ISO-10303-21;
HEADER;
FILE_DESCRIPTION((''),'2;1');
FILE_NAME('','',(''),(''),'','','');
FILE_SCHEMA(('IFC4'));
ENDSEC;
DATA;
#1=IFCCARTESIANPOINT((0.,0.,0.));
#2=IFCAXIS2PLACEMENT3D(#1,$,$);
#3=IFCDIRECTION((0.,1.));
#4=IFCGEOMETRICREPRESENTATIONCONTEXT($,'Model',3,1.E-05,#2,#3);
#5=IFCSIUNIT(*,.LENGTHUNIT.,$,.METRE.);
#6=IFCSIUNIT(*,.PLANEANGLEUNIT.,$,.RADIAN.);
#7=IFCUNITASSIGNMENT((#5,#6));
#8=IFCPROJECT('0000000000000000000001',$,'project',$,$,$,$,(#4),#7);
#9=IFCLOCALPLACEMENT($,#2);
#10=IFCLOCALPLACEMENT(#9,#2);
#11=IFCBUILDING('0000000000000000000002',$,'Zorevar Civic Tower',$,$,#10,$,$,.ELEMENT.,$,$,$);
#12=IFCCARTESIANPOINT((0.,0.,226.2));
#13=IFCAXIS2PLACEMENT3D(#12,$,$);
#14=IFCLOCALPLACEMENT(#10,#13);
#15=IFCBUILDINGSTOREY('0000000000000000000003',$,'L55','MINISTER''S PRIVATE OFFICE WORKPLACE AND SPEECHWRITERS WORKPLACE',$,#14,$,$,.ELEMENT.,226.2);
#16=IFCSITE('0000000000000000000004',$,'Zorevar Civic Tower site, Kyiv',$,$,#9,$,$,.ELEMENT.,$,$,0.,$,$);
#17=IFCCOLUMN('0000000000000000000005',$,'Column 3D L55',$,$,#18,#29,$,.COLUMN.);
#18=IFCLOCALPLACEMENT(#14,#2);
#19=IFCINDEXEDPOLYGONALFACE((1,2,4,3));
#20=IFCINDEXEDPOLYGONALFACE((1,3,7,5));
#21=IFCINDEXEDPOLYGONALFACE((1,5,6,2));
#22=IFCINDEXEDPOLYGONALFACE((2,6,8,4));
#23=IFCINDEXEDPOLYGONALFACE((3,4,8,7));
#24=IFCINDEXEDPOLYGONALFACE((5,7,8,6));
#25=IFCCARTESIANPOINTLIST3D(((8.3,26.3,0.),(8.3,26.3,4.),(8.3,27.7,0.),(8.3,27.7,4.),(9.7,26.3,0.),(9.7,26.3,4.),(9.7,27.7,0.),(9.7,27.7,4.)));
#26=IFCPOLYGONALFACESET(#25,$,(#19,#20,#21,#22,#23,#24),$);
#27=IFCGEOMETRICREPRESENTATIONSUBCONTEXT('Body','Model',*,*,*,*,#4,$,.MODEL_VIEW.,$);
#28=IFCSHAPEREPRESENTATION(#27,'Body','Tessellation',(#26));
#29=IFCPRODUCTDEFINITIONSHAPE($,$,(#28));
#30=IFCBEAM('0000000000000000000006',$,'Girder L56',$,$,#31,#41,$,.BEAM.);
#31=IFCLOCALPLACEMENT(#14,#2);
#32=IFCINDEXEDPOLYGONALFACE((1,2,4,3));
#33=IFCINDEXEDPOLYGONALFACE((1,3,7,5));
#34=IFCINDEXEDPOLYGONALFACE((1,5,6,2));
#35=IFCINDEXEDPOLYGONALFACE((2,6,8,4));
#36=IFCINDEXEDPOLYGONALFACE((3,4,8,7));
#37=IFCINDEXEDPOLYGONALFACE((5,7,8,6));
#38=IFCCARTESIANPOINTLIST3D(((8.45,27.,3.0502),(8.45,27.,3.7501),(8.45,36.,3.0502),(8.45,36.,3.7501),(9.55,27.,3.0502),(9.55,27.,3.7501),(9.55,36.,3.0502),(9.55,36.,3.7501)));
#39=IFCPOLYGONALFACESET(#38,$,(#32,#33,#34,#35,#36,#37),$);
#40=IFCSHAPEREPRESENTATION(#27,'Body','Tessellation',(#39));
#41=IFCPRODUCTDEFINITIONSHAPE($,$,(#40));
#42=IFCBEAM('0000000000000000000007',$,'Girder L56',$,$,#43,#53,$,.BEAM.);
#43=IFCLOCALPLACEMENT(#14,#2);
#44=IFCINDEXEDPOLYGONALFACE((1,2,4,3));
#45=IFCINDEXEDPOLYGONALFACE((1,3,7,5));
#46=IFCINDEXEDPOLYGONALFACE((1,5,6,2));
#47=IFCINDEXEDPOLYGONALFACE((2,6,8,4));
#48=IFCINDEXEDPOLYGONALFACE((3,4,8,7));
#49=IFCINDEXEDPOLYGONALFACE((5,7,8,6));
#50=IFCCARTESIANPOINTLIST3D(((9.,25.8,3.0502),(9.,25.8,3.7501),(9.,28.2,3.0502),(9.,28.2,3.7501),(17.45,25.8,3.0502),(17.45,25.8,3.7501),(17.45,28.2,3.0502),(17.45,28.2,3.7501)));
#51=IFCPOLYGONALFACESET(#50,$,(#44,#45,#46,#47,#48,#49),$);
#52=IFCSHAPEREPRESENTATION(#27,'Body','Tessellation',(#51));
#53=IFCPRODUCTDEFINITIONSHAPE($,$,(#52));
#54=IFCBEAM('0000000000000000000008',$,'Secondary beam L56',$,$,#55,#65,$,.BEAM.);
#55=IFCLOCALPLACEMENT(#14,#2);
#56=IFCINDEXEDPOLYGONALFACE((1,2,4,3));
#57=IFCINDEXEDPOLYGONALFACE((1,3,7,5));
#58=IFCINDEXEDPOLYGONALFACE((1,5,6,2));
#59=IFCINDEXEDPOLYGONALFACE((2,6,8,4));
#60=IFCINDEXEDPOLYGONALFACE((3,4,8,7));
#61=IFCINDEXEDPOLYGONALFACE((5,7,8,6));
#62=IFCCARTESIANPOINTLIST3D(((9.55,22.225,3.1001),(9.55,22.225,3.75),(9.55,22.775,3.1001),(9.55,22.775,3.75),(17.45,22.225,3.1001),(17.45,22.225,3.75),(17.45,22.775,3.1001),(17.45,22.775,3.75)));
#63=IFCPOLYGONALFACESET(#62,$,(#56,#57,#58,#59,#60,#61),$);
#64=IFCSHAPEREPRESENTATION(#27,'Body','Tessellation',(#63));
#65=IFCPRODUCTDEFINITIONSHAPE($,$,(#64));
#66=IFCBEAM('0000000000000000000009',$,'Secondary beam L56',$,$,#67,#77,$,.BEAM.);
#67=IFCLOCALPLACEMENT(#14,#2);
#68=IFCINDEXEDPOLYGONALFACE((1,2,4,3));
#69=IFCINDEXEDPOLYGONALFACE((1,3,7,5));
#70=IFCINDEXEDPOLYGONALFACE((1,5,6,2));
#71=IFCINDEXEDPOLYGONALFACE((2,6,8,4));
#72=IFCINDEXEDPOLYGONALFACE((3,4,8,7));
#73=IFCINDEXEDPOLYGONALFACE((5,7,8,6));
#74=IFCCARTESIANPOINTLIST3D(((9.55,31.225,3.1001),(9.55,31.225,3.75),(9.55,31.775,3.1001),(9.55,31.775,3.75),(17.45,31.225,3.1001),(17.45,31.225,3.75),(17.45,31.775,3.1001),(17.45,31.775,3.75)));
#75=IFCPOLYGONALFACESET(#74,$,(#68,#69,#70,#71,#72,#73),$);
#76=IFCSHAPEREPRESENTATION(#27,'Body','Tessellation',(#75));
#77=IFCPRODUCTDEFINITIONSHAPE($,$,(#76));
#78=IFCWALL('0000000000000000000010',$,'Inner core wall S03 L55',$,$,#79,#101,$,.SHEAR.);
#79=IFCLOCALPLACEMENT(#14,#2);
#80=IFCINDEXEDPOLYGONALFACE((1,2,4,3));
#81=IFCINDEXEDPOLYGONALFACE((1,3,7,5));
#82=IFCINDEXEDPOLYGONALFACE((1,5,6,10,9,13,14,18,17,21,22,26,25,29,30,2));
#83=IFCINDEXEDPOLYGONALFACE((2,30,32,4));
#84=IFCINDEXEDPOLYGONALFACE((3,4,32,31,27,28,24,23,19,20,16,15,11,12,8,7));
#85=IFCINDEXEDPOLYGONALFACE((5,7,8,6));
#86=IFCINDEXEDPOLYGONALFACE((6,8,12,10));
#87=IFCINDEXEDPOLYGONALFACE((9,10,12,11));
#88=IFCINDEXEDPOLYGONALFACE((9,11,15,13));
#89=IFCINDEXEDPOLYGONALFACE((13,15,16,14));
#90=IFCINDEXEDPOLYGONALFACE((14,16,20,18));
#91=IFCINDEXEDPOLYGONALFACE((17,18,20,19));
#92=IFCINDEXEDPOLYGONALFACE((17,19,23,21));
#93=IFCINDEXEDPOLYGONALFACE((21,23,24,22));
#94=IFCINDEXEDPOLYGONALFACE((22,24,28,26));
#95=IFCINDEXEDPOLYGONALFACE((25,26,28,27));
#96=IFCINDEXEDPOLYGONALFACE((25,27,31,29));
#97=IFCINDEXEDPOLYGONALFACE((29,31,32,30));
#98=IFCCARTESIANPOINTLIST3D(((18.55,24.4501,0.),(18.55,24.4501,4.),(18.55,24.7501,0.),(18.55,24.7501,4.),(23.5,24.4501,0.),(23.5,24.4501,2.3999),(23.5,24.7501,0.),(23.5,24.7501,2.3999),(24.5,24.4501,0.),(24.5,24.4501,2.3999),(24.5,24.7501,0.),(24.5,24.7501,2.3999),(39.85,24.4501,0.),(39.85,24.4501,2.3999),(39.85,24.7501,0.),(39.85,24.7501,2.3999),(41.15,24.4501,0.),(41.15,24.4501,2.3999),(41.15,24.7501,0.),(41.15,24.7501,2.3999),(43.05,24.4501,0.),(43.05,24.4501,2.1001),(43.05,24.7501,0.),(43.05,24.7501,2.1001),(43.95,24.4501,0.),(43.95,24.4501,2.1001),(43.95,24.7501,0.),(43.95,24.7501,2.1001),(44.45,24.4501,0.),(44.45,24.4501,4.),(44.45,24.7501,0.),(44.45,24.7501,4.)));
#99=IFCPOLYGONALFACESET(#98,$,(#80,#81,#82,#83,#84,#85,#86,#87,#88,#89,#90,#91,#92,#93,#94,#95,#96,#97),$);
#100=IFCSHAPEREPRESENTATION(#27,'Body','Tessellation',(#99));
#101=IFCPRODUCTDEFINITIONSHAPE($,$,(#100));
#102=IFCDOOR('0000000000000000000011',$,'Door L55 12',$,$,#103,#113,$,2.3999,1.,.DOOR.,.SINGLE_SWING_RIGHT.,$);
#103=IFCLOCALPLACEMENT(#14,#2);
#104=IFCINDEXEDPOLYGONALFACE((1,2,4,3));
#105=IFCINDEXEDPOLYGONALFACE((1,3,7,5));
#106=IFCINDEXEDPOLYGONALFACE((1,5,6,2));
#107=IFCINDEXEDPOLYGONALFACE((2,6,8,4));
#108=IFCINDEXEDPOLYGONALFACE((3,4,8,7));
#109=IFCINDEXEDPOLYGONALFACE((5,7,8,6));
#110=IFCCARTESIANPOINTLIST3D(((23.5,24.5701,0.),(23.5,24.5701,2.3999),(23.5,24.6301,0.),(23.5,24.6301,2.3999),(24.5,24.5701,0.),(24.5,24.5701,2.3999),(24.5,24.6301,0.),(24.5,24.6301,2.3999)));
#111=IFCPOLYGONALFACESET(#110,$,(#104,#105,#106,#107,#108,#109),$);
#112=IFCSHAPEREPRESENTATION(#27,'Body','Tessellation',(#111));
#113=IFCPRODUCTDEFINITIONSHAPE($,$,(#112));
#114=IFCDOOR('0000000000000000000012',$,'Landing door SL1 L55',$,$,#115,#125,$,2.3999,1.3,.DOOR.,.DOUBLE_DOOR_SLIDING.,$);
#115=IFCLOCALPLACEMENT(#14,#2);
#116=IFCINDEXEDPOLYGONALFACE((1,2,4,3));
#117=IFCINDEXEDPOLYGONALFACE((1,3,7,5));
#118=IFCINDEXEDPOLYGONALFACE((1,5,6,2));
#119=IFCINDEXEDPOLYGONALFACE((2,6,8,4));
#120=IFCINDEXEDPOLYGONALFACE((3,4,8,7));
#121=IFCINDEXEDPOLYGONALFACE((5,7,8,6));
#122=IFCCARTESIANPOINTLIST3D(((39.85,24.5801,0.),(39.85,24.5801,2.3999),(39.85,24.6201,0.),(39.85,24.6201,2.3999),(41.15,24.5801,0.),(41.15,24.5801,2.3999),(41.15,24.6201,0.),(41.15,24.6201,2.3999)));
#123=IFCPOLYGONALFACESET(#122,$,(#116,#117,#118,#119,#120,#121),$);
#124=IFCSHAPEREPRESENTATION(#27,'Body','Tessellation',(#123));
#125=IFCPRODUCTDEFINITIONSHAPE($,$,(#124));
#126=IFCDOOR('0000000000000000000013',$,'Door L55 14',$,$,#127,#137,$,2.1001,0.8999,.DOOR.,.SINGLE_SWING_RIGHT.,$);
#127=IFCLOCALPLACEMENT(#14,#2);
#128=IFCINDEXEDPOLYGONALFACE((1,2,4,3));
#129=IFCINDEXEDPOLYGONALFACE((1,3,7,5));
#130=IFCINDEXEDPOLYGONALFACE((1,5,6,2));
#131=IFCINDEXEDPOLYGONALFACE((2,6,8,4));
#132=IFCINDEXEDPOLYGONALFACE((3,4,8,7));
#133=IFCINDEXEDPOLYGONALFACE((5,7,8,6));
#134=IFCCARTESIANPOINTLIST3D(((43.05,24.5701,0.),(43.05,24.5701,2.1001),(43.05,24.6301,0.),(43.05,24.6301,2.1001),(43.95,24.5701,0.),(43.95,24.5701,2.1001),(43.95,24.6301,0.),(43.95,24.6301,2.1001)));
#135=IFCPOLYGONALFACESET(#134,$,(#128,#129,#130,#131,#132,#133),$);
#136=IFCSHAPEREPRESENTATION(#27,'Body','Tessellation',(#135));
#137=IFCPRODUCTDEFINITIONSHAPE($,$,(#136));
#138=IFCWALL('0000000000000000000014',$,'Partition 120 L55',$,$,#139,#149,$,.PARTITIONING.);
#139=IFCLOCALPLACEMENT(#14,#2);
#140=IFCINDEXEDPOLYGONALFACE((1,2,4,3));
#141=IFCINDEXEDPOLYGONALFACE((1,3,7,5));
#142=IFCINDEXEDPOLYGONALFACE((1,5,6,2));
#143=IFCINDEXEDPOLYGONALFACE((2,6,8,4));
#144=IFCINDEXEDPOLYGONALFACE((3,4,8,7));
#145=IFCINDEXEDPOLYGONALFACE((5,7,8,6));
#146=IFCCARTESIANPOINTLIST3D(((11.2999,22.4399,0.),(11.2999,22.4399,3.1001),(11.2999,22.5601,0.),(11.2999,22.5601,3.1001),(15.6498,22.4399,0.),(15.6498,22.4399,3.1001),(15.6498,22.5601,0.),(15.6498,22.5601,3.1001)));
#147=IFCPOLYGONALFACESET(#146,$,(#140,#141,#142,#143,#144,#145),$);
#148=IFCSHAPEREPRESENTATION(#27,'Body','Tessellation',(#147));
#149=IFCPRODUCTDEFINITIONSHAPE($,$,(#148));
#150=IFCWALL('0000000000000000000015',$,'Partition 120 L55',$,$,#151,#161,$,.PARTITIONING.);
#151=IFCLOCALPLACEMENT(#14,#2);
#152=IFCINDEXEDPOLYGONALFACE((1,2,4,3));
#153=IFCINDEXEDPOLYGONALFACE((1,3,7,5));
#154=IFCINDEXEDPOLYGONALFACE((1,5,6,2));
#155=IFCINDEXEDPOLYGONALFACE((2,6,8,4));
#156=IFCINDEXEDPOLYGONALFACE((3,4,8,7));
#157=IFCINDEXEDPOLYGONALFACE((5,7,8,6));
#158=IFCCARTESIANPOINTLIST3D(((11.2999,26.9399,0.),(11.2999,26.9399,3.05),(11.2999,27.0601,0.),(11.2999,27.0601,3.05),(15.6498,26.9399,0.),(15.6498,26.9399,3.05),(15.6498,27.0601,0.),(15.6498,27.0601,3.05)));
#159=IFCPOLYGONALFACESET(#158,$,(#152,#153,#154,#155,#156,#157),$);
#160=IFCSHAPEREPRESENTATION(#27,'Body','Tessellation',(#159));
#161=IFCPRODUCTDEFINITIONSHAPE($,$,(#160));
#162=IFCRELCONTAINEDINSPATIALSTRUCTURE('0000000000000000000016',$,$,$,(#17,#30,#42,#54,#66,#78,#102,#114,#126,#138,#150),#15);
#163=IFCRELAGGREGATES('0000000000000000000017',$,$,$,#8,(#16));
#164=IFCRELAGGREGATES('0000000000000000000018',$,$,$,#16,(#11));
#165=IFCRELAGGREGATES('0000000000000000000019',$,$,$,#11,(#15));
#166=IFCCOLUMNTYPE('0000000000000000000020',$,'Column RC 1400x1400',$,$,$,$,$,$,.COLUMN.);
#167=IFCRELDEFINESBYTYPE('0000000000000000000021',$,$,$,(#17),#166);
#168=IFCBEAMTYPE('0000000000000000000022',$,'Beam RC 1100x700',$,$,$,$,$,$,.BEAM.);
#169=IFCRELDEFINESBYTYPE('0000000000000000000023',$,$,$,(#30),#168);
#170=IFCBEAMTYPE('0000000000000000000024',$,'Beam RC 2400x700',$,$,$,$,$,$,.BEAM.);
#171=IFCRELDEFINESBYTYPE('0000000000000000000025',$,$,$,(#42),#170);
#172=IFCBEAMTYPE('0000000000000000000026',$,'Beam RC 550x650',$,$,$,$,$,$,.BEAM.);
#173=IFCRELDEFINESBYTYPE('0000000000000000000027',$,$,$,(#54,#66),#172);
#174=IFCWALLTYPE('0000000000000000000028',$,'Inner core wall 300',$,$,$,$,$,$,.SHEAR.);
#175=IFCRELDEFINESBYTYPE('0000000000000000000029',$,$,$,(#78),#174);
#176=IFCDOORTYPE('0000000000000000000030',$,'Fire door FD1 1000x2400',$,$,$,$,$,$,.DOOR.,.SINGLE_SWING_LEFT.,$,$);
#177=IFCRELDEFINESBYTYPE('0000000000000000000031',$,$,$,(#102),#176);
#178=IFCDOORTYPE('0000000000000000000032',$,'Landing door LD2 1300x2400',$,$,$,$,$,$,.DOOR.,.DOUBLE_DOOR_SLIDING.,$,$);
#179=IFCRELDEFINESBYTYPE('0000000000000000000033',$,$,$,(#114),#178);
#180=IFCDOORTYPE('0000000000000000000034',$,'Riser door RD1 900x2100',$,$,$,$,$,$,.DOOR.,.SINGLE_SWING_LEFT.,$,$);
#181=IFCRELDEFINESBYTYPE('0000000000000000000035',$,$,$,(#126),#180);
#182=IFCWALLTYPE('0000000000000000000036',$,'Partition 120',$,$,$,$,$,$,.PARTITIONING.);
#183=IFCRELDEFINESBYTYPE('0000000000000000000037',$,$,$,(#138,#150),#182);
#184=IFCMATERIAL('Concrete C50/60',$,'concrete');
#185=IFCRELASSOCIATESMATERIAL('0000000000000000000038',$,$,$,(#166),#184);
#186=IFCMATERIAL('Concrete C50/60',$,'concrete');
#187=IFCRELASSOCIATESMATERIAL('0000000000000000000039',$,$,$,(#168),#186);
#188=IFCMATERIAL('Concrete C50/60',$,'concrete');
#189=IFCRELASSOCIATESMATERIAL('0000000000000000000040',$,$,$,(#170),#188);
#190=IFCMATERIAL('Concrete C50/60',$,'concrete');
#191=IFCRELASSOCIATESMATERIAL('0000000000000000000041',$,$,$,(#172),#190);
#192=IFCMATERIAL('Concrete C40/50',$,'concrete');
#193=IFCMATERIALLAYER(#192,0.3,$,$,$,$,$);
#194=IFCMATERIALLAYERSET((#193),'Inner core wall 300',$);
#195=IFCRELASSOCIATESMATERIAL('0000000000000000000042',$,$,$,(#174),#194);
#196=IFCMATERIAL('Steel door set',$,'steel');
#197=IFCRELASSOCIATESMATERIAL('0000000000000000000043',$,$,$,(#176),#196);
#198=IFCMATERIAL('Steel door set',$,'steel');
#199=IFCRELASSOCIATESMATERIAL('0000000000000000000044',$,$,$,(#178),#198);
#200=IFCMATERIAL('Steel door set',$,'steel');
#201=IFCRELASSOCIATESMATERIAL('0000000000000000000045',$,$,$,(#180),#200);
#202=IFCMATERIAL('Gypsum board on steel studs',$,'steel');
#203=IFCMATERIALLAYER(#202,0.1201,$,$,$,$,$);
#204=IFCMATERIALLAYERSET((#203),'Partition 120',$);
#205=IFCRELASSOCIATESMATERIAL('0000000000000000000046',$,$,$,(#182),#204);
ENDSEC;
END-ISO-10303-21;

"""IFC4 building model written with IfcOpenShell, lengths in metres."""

from ifc_helpers import new_model, si_unit, direction, frame, frame_2d, origin, origin_2d, place, context, subcontext, project, spatial, rectangle, extrude, material, layer, layer_set, material_profile, profile_set, type_object, element, fill, save


model = new_model("IFC4")

# Units and contexts
model_context = context("Model", 3, precision=1e-05, world=origin(), true_north=direction((0.0, 1.0)))
body_context = subcontext(model_context, "Body", "Model", "MODEL_VIEW")
ifc_project = project(units=[si_unit("LENGTHUNIT", "METRE"), si_unit("PLANEANGLEUNIT", "RADIAN")], contexts=[model_context])

# Site, building, storey
site_placement = place(None, origin())
site = spatial("IfcSite", under=ifc_project, at=site_placement, Name="Zorevar Civic Tower site, Kyiv", CompositionType="ELEMENT", RefElevation=0.0)
building_placement = place(site_placement, origin())
building = spatial("IfcBuilding", under=site, at=building_placement, Name="Zorevar Civic Tower", CompositionType="ELEMENT")
storey_placement = place(building_placement, frame((0.0, 0.0, 226.2)))
storey = spatial("IfcBuildingStorey", under=building, at=storey_placement, Name="L55", Description="MINISTER'S PRIVATE OFFICE WORKPLACE AND SPEECHWRITERS WORKPLACE", CompositionType="ELEMENT", Elevation=226.2)

# Column
ifc_material_1 = material(Name="Concrete C50/60", Category="concrete")
ifc_material_profile_1 = material_profile(ifc_material_1, rectangle(XDim=1.3999, YDim=1.3999, at=origin_2d()), Name="RC 1400x1400")
ifc_profile_set_1 = profile_set([ifc_material_profile_1], Name="Concrete C50/60")
column_type = type_object("IfcColumnType", Name="Column RC 1400x1400", PredefinedType="COLUMN", material=ifc_profile_set_1)
column_placement = place(storey_placement, frame((9.0, 27.0, 0.0), z_axis=(0.0, 0.0, 1.0), x_axis=(1.0, 0.0, 0.0)))
element("IfcColumn", 1, at=column_placement, inside=storey, type_object=column_type, Name="Column 3D L55", PredefinedType="COLUMN", context=body_context, shape_type="SweptSolid", body=[
    extrude(rectangle(XDim=1.3999, YDim=1.3999, at=origin_2d()), origin(), (0.0, 0.0, 1.0), 4.0),
])

# Beams
ifc_material_2 = material(Name="Concrete C50/60", Category="concrete")
ifc_material_profile_2 = material_profile(ifc_material_2, rectangle(XDim=1.1001, YDim=0.7, at=origin_2d()), Name="RC 1100x700")
ifc_profile_set_2 = profile_set([ifc_material_profile_2], Name="Concrete C50/60")
beam_type_1 = type_object("IfcBeamType", Name="Beam RC 1100x700", PredefinedType="BEAM", material=ifc_profile_set_2)
beam_1_placement = place(storey_placement, frame((9.0, 27.0, 3.4001), z_axis=(0.0, 1.0, 0.0), x_axis=(-1.0, 0.0, 0.0)))
element("IfcBeam", 2, at=beam_1_placement, inside=storey, type_object=beam_type_1, Name="Girder L56", PredefinedType="BEAM", context=body_context, shape_type="SweptSolid", body=[
    extrude(rectangle(XDim=1.1001, YDim=0.7, at=origin_2d()), origin(), (0.0, 0.0, 1.0), 9.0),
])
ifc_material_3 = material(Name="Concrete C50/60", Category="concrete")
ifc_material_profile_3 = material_profile(ifc_material_3, rectangle(XDim=2.3999, YDim=0.7, at=origin_2d()), Name="RC 2400x700")
ifc_profile_set_3 = profile_set([ifc_material_profile_3], Name="Concrete C50/60")
beam_type_2 = type_object("IfcBeamType", Name="Beam RC 2400x700", PredefinedType="BEAM", material=ifc_profile_set_3)
beam_2_placement = place(storey_placement, frame((9.0, 27.0, 3.4001), z_axis=(1.0, 0.0, 0.0), x_axis=(0.0, 1.0, 0.0)))
element("IfcBeam", 3, at=beam_2_placement, inside=storey, type_object=beam_type_2, Name="Girder L56", PredefinedType="BEAM", context=body_context, shape_type="SweptSolid", body=[
    extrude(rectangle(XDim=2.3999, YDim=0.7, at=origin_2d()), origin(), (0.0, 0.0, 1.0), 8.45),
])
ifc_material_4 = material(Name="Concrete C50/60", Category="concrete")
ifc_material_profile_4 = material_profile(ifc_material_4, rectangle(XDim=0.55, YDim=0.6499, at=origin_2d()), Name="RC 550x650")
ifc_profile_set_4 = profile_set([ifc_material_profile_4], Name="Concrete C50/60")
beam_type_3 = type_object("IfcBeamType", Name="Beam RC 550x650", PredefinedType="BEAM", material=ifc_profile_set_4)
for number, where, z_axis, x_axis, name in (
    (4, (9.55, 22.5, 3.425), (1.0, 0.0, 0.0), (0.0, 1.0, 0.0), "Secondary beam L56"),
    (5, (9.55, 31.5, 3.425), (1.0, 0.0, 0.0), (0.0, 1.0, 0.0), "Secondary beam L56"),
):
    element("IfcBeam", number, at=place(storey_placement, frame(where, z_axis=z_axis, x_axis=x_axis)), inside=storey, type_object=beam_type_3, Name=name, PredefinedType="BEAM", context=body_context, shape_type="SweptSolid", body=[
        extrude(rectangle(XDim=0.55, YDim=0.6499, at=origin_2d()), origin(), (0.0, 0.0, 1.0), 7.8999),
    ])

# Shared definitions
ifc_material_5 = material(Name="Concrete C40/50", Category="concrete")
ifc_layer_1 = layer(ifc_material_5, 0.3)
ifc_layer_set_1 = layer_set([ifc_layer_1], Name="Inner core wall 300")
wall_type_1 = type_object("IfcWallType", Name="Inner core wall 300", PredefinedType="SHEAR", material=ifc_layer_set_1)

# Wall, openings, doors
wall_1_placement = place(storey_placement, frame((18.55, 24.6001, 0.0), z_axis=(0.0, 0.0, 1.0), x_axis=(1.0, 0.0, 0.0)))
wall_1 = element("IfcWall", 6, at=wall_1_placement, inside=storey, type_object=wall_type_1, Name="Inner core wall S03 L55", PredefinedType="SHEAR", context=body_context, shape_type="SweptSolid", body=[
    extrude(rectangle(XDim=25.8999, YDim=0.3, at=frame_2d((12.95, 0.0))), origin(), (0.0, 0.0, 1.0), 4.0),
])
opening_1_placement = place(wall_1_placement, frame((4.95, 0.0, 0.0)))
opening_1 = element("IfcOpeningElement", 7, at=opening_1_placement, cuts=wall_1, PredefinedType="OPENING", context=body_context, shape_type="SweptSolid", body=[
    extrude(rectangle(XDim=1.0, YDim=2.3999, at=frame_2d((0.5, 1.2))), frame((0.0, 0.1599, 0.0), z_axis=(0.0, -1.0, 0.0), x_axis=(1.0, 0.0, 0.0)), (0.0, 0.0, 1.0), 0.3201),
])
opening_2_placement = place(wall_1_placement, frame((24.5, 0.0, 0.0)))
opening_2 = element("IfcOpeningElement", 8, at=opening_2_placement, cuts=wall_1, PredefinedType="OPENING", context=body_context, shape_type="SweptSolid", body=[
    extrude(rectangle(XDim=0.8999, YDim=2.1001, at=frame_2d((0.45, 1.05))), frame((0.0, 0.1599, 0.0), z_axis=(0.0, -1.0, 0.0), x_axis=(1.0, 0.0, 0.0)), (0.0, 0.0, 1.0), 0.3201),
])
opening_3_placement = place(wall_1_placement, frame((21.3, 0.0, 0.0)))
opening_3 = element("IfcOpeningElement", 9, at=opening_3_placement, cuts=wall_1, PredefinedType="OPENING", context=body_context, shape_type="SweptSolid", body=[
    extrude(rectangle(XDim=1.3, YDim=2.3999, at=frame_2d((0.6499, 1.2))), frame((0.0, 0.1599, 0.0), z_axis=(0.0, -1.0, 0.0), x_axis=(1.0, 0.0, 0.0)), (0.0, 0.0, 1.0), 0.3201),
])
ifc_material_6 = material(Name="Steel door set", Category="steel")
door_type_1 = type_object("IfcDoorType", Name="Fire door FD1 1000x2400", OperationType="SINGLE_SWING_LEFT", PredefinedType="DOOR", material=ifc_material_6)
door_1_placement = place(opening_1_placement, origin())
door_1 = element("IfcDoor", 10, at=door_1_placement, inside=storey, type_object=door_type_1, Name="Door L55 12", OperationType="SINGLE_SWING_RIGHT", OverallHeight=2.3999, OverallWidth=1.0, PredefinedType="DOOR", context=body_context, shape_type="SweptSolid", body=[
    extrude(rectangle(XDim=1.0, YDim=2.3999, at=frame_2d((0.5, 1.2))), frame((0.0, 0.03, 0.0), z_axis=(0.0, -1.0, 0.0), x_axis=(1.0, 0.0, 0.0)), (0.0, 0.0, 1.0), 0.0601),
])
fill(opening_1, door_1)
ifc_material_7 = material(Name="Steel door set", Category="steel")
door_type_2 = type_object("IfcDoorType", Name="Landing door LD2 1300x2400", OperationType="DOUBLE_DOOR_SLIDING", PredefinedType="DOOR", material=ifc_material_7)
door_2_placement = place(opening_3_placement, origin())
door_2 = element("IfcDoor", 11, at=door_2_placement, inside=storey, type_object=door_type_2, Name="Landing door SL1 L55", OperationType="DOUBLE_DOOR_SLIDING", OverallHeight=2.3999, OverallWidth=1.3, PredefinedType="DOOR", context=body_context, shape_type="SweptSolid", body=[
    extrude(rectangle(XDim=1.3, YDim=2.3999, at=frame_2d((0.6499, 1.2))), frame((0.0, 0.02, 0.0), z_axis=(0.0, -1.0, 0.0), x_axis=(1.0, 0.0, 0.0)), (0.0, 0.0, 1.0), 0.04),
])
fill(opening_3, door_2)
ifc_material_8 = material(Name="Steel door set", Category="steel")
door_type_3 = type_object("IfcDoorType", Name="Riser door RD1 900x2100", OperationType="SINGLE_SWING_LEFT", PredefinedType="DOOR", material=ifc_material_8)
door_3_placement = place(opening_2_placement, origin())
door_3 = element("IfcDoor", 12, at=door_3_placement, inside=storey, type_object=door_type_3, Name="Door L55 14", OperationType="SINGLE_SWING_RIGHT", OverallHeight=2.1001, OverallWidth=0.8999, PredefinedType="DOOR", context=body_context, shape_type="SweptSolid", body=[
    extrude(rectangle(XDim=0.8999, YDim=2.1001, at=frame_2d((0.45, 1.05))), frame((0.0, 0.03, 0.0), z_axis=(0.0, -1.0, 0.0), x_axis=(1.0, 0.0, 0.0)), (0.0, 0.0, 1.0), 0.0601),
])
fill(opening_2, door_3)

# Walls
ifc_material_9 = material(Name="Gypsum board on steel studs", Category="steel")
ifc_layer_2 = layer(ifc_material_9, 0.1201)
ifc_layer_set_2 = layer_set([ifc_layer_2], Name="Partition 120")
wall_type_2 = type_object("IfcWallType", Name="Partition 120", PredefinedType="PARTITIONING", material=ifc_layer_set_2)
wall_2_placement = place(storey_placement, frame((11.3, 22.5, 0.0), z_axis=(0.0, 0.0, 1.0), x_axis=(1.0, 0.0, 0.0)))
element("IfcWall", 13, at=wall_2_placement, inside=storey, type_object=wall_type_2, Name="Partition 120 L55", PredefinedType="PARTITIONING", context=body_context, shape_type="SweptSolid", body=[
    extrude(rectangle(XDim=4.3499, YDim=0.1201, at=frame_2d((2.1748, 0.0))), origin(), (0.0, 0.0, 1.0), 3.1001),
])
wall_3_placement = place(storey_placement, frame((11.3, 27.0, 0.0), z_axis=(0.0, 0.0, 1.0), x_axis=(1.0, 0.0, 0.0)))
element("IfcWall", 14, at=wall_3_placement, inside=storey, type_object=wall_type_2, Name="Partition 120 L55", PredefinedType="PARTITIONING", context=body_context, shape_type="SweptSolid", body=[
    extrude(rectangle(XDim=4.3499, YDim=0.1201, at=frame_2d((2.1748, 0.0))), origin(), (0.0, 0.0, 1.0), 3.05),
])

save(model, "model.ifc")
